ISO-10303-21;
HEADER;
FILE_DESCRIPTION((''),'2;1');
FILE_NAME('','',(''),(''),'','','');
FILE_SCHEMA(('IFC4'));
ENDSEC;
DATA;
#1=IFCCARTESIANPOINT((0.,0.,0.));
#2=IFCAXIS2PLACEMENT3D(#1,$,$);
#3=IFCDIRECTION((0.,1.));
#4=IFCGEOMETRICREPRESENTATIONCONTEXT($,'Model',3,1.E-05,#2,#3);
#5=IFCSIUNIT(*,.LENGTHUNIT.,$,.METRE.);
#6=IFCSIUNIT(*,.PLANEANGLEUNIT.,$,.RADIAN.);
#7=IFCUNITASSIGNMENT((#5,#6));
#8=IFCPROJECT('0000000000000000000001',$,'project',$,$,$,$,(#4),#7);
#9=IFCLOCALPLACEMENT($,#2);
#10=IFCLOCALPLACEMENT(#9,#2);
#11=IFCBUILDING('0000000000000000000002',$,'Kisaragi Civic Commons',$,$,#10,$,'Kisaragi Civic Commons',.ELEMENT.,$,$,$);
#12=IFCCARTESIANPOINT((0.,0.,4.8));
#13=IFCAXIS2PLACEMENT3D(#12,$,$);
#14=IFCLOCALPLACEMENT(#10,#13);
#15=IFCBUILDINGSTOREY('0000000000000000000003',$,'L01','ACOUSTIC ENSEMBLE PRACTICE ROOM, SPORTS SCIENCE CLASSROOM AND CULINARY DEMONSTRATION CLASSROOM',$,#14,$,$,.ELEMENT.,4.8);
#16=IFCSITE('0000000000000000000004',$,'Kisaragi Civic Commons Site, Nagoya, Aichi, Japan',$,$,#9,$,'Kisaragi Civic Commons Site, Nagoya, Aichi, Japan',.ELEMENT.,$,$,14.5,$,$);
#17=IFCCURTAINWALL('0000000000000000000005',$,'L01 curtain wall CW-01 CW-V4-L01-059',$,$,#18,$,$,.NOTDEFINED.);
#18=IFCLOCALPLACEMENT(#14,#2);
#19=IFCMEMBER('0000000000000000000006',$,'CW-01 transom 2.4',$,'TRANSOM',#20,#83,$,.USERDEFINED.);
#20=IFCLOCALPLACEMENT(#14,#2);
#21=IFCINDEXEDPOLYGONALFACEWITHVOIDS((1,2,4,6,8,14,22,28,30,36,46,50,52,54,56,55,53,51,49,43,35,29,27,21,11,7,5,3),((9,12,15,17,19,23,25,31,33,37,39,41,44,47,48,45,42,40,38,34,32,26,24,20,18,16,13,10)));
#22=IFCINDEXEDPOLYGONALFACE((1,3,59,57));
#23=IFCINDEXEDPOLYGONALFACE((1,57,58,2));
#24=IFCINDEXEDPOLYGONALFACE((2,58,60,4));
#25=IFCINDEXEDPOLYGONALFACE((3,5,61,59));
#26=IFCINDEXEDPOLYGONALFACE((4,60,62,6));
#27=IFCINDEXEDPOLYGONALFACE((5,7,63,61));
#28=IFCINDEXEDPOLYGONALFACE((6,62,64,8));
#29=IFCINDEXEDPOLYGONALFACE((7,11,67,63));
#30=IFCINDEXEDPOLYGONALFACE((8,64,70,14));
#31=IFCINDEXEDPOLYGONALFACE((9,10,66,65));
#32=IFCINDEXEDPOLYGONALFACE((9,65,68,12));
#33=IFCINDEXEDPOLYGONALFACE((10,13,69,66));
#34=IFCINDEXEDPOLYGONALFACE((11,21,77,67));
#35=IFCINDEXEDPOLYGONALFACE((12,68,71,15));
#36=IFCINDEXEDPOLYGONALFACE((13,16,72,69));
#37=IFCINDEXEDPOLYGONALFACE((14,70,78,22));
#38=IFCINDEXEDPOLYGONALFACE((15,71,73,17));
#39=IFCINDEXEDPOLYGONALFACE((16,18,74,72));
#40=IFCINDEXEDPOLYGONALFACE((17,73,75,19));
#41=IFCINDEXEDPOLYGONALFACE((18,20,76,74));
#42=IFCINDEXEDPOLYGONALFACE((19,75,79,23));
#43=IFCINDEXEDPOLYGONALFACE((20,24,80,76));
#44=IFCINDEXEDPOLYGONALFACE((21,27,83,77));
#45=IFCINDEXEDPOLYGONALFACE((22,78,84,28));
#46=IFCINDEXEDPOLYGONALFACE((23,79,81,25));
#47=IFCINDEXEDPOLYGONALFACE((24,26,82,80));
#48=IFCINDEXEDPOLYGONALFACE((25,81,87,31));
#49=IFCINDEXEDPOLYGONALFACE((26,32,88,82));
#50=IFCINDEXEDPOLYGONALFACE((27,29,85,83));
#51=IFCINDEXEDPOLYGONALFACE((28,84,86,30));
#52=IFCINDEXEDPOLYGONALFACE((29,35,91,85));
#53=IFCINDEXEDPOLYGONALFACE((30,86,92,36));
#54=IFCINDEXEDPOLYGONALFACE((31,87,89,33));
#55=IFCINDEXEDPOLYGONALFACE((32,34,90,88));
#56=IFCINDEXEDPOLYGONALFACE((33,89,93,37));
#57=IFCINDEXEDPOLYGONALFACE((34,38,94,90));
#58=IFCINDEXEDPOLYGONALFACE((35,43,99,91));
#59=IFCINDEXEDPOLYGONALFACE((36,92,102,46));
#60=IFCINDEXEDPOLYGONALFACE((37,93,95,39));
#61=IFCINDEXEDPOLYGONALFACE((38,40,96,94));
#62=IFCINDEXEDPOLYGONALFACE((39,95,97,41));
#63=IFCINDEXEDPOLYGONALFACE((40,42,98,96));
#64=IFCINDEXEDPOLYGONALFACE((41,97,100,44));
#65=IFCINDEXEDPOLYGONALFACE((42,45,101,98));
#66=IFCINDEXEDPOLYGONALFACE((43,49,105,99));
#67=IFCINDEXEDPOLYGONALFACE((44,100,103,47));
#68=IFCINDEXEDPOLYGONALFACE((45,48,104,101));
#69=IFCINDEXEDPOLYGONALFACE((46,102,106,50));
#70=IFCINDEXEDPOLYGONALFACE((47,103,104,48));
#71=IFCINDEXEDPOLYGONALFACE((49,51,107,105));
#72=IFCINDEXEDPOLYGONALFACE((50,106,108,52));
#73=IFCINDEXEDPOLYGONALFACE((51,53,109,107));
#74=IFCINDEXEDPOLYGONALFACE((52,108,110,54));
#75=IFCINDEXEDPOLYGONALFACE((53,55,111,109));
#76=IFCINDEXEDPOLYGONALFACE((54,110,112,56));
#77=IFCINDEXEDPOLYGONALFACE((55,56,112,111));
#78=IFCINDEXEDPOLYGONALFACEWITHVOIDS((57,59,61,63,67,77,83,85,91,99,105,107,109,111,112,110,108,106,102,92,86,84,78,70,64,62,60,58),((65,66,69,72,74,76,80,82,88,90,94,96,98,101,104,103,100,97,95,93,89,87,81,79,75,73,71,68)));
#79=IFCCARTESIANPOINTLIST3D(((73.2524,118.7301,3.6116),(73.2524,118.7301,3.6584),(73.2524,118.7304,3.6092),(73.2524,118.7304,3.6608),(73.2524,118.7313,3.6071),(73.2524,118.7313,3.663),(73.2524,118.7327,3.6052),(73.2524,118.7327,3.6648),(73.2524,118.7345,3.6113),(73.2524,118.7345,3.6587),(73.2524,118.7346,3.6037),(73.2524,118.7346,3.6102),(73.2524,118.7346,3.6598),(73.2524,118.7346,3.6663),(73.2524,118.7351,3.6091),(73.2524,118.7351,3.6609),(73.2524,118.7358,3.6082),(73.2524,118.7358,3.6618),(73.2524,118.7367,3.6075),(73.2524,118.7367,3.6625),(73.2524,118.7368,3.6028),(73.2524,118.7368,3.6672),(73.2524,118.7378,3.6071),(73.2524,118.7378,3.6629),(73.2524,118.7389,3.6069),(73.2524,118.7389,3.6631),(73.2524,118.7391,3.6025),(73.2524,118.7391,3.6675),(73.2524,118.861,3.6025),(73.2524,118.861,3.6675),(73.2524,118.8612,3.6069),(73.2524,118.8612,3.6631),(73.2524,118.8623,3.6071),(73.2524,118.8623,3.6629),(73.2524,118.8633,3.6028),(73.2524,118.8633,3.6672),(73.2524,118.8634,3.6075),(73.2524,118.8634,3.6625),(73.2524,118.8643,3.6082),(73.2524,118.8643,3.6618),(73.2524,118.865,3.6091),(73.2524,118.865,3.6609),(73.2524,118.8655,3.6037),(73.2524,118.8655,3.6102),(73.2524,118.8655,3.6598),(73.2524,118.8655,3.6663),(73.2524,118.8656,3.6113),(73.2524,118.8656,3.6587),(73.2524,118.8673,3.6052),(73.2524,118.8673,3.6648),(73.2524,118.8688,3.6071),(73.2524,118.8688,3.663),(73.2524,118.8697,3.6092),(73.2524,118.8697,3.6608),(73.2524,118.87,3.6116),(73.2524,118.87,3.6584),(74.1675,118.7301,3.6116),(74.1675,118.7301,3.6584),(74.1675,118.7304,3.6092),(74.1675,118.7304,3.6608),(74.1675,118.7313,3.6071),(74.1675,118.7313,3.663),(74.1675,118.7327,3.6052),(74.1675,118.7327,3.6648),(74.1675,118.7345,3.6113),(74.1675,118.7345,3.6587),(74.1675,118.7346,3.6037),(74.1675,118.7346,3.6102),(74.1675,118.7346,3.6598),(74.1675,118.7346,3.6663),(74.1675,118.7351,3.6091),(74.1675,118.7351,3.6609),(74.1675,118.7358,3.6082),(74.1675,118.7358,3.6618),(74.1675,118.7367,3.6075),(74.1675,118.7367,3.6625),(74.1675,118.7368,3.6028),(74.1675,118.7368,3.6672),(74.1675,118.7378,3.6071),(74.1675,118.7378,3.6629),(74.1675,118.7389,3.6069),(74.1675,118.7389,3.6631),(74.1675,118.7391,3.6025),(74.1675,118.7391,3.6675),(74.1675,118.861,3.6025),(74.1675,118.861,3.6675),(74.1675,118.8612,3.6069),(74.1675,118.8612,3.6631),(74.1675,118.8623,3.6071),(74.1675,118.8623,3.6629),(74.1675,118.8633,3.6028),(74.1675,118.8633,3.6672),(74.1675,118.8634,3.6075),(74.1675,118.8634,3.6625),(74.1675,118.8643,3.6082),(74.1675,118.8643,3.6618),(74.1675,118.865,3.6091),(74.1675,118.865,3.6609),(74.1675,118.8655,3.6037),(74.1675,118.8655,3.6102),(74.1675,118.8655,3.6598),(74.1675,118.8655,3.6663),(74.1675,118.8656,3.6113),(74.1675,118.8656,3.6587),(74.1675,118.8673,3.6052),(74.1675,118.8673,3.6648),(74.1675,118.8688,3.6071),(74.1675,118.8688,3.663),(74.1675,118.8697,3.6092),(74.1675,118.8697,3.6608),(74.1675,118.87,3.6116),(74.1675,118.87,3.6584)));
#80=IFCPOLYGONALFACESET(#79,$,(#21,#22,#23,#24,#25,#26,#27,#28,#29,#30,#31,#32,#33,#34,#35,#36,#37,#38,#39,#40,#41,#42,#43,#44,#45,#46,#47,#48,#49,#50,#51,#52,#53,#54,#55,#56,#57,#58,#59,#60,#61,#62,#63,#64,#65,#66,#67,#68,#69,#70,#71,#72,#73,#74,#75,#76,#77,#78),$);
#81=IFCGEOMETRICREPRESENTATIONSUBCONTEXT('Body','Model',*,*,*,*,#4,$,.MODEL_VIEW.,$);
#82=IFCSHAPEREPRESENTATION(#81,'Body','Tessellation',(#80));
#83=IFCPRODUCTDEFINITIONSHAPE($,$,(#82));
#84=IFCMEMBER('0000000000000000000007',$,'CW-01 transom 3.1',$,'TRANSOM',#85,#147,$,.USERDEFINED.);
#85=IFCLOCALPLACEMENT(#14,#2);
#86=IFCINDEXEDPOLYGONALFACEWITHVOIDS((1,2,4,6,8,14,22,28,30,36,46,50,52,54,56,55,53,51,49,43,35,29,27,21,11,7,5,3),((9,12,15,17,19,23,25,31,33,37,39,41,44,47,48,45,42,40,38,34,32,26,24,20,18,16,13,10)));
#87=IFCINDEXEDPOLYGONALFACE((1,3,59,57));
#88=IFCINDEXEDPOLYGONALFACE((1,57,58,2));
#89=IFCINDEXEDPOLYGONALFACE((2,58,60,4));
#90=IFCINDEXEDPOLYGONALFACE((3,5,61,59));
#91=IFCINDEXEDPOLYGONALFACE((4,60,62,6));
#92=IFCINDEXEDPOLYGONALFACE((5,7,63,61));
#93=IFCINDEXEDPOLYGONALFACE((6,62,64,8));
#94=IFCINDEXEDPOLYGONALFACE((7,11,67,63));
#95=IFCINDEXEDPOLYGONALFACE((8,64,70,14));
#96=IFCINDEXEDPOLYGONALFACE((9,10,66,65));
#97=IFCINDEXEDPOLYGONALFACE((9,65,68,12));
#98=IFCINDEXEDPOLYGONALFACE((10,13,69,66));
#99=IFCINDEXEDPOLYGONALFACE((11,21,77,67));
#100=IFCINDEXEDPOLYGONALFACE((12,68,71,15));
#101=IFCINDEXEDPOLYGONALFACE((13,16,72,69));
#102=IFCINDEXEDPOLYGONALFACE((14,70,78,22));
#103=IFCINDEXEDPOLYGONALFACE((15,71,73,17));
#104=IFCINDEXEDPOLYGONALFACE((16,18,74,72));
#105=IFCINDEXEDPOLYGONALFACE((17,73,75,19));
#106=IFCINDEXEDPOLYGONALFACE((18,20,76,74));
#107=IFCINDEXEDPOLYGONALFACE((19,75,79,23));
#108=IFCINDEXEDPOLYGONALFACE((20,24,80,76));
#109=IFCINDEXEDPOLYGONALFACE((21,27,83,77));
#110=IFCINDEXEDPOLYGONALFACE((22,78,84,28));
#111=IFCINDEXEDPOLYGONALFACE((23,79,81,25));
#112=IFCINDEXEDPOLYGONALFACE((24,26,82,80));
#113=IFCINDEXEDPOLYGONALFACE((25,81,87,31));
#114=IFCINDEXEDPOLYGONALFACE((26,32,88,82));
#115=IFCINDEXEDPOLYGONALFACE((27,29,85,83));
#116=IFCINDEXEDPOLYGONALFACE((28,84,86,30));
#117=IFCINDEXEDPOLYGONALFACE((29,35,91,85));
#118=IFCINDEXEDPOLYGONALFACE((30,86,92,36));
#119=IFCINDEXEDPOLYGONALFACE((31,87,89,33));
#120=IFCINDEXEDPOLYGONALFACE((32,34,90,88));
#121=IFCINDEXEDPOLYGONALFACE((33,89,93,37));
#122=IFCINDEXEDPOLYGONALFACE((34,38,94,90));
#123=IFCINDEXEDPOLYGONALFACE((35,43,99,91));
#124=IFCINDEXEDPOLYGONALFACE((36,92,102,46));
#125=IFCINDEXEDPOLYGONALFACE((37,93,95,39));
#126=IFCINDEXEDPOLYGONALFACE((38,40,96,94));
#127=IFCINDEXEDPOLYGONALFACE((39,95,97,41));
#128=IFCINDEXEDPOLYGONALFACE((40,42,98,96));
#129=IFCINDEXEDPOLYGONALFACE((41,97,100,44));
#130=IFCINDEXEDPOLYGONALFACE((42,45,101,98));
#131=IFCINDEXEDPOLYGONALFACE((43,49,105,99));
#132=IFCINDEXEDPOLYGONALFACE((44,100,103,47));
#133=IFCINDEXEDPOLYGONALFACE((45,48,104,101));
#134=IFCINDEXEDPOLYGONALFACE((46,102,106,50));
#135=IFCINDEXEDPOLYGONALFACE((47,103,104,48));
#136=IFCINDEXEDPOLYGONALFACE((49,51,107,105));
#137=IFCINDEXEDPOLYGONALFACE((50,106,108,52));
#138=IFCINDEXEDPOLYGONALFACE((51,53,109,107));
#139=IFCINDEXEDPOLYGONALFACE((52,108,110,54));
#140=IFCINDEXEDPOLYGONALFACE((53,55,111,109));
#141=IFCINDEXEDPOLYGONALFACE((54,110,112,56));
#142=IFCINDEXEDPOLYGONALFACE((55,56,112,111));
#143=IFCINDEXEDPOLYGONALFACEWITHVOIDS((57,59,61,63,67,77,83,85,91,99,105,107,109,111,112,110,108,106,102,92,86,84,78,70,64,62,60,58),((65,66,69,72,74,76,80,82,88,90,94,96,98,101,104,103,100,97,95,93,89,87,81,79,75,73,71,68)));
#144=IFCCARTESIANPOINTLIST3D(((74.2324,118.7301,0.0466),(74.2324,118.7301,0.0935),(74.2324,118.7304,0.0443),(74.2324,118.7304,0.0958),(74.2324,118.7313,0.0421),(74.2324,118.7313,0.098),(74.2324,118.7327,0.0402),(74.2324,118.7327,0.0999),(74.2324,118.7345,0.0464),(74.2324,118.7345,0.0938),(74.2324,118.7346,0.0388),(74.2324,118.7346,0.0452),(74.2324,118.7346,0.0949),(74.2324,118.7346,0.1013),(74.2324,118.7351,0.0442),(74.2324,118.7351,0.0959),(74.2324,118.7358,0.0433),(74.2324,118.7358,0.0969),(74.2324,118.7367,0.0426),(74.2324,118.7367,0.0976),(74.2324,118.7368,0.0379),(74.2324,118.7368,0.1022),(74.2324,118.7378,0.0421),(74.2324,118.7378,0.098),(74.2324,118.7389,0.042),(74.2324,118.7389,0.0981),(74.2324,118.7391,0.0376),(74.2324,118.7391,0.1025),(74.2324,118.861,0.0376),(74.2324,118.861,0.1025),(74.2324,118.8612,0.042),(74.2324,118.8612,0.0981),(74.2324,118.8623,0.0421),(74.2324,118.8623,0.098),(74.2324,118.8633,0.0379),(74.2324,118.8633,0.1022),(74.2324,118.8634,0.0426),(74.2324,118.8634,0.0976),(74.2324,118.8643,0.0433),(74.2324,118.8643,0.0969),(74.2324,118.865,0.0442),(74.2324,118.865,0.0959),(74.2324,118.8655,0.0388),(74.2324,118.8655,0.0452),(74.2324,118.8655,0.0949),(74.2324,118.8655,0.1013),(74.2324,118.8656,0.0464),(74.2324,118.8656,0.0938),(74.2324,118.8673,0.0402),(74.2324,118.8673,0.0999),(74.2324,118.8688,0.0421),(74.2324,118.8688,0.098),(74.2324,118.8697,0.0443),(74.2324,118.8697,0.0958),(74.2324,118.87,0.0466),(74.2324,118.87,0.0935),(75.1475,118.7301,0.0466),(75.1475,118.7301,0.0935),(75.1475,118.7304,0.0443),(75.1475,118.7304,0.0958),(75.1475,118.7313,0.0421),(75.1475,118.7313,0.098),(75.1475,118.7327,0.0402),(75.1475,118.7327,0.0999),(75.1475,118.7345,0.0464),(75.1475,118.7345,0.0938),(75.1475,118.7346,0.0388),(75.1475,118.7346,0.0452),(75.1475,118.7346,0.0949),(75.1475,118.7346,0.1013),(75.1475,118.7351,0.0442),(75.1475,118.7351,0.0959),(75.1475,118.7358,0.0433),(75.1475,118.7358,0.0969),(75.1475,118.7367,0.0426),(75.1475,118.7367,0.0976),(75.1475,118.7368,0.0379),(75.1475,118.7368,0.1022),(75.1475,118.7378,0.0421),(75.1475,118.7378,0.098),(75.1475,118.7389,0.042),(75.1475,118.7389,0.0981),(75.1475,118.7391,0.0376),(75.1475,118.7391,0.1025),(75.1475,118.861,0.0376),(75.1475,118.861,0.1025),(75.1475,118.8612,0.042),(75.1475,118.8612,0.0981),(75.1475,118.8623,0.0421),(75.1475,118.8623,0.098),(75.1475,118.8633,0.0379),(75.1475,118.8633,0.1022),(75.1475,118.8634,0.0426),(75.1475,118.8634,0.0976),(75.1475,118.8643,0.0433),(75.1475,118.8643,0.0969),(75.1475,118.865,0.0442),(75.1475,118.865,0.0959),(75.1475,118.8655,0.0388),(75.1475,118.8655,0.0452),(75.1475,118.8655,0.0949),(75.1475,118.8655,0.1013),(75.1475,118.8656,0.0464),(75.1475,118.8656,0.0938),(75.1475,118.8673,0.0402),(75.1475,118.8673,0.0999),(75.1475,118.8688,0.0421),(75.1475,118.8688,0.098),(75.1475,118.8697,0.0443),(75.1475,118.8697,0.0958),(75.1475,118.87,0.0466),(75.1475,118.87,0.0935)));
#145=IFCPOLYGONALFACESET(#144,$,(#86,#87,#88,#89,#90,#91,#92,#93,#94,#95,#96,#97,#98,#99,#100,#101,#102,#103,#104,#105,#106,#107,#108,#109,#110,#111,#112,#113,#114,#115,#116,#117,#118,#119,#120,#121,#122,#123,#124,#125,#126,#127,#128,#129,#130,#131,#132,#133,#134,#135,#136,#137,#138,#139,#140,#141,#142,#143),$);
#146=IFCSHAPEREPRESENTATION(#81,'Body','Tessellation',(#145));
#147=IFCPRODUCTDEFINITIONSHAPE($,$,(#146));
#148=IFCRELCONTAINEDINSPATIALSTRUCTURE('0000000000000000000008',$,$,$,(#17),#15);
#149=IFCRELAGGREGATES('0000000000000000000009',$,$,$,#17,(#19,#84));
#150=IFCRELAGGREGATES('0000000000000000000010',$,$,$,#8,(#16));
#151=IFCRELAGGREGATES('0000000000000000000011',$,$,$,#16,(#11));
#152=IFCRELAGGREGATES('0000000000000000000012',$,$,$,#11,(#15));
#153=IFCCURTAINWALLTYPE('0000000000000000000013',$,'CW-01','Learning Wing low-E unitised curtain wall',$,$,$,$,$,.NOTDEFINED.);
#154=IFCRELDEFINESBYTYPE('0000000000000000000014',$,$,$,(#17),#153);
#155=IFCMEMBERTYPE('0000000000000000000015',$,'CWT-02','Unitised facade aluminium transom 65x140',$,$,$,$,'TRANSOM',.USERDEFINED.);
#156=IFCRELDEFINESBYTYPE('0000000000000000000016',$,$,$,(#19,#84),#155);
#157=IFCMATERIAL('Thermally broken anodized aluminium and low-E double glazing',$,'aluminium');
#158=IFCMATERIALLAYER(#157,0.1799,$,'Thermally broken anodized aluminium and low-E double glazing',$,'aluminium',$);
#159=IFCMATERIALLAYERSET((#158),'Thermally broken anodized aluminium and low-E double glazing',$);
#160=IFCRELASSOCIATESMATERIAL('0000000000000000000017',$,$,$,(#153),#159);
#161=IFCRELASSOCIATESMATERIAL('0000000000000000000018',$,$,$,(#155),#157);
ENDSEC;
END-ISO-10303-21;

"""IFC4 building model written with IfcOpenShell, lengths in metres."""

from ifc_helpers import new_model, si_unit, direction, frame, origin, origin_2d, place, context, subcontext, project, spatial, hollow_rectangle, extrude, material, layer, layer_set, material_profile, profile_set, type_object, element, aggregate, save


model = new_model("IFC4")

# Units and contexts
model_context = context("Model", 3, precision=1e-05, world=origin(), true_north=direction((0.0, 1.0)))
body_context = subcontext(model_context, "Body", "Model", "MODEL_VIEW")
ifc_project = project(units=[si_unit("LENGTHUNIT", "METRE"), si_unit("PLANEANGLEUNIT", "RADIAN")], contexts=[model_context])

# Site, building, storey
site_placement = place(None, origin())
site = spatial("IfcSite", under=ifc_project, at=site_placement, Name="Kisaragi Civic Commons Site, Nagoya, Aichi, Japan", LongName="Kisaragi Civic Commons Site, Nagoya, Aichi, Japan", CompositionType="ELEMENT", RefElevation=14.5)
building_placement = place(site_placement, origin())
building = spatial("IfcBuilding", under=site, at=building_placement, Name="Kisaragi Civic Commons", LongName="Kisaragi Civic Commons", CompositionType="ELEMENT")
storey_placement = place(building_placement, frame((0.0, 0.0, 4.8)))
storey = spatial("IfcBuildingStorey", under=building, at=storey_placement, Name="L01", Description="ACOUSTIC ENSEMBLE PRACTICE ROOM, SPORTS SCIENCE CLASSROOM AND CULINARY DEMONSTRATION CLASSROOM", CompositionType="ELEMENT", Elevation=4.8)

# Curtain wall, members
ifc_material = material(Name="Thermally broken anodized aluminium and low-E double glazing", Category="aluminium")
ifc_layer_1 = layer(ifc_material, 0.1799, Name="Thermally broken anodized aluminium and low-E double glazing", Category="aluminium")
ifc_layer_set_1 = layer_set([ifc_layer_1], Name="Thermally broken anodized aluminium and low-E double glazing")
curtain_wall_type = type_object("IfcCurtainWallType", Name="CW-01", Description="Learning Wing low-E unitised curtain wall", PredefinedType="NOTDEFINED", material=ifc_layer_set_1)
curtain_wall_placement = place(storey_placement, origin())
curtain_wall = element("IfcCurtainWall", 1, at=curtain_wall_placement, inside=storey, type_object=curtain_wall_type, Name="L01 curtain wall CW-01 CW-V4-L01-059", PredefinedType="NOTDEFINED")
ifc_material_profile_1 = material_profile(ifc_material, hollow_rectangle(XDim=0.1399, YDim=0.0649, WallThickness=0.0044, InnerFilletRadius=0.0044, OuterFilletRadius=0.009, at=origin_2d()), Name="CWT-65x140x4.5", Category="aluminium")
ifc_profile_set_1 = profile_set([ifc_material_profile_1], Name="Thermally broken anodized aluminium and low-E double glazing")
member_type_1 = type_object("IfcMemberType", Name="CWT-02", Description="Unitised facade aluminium transom 65x140", ElementType="TRANSOM", PredefinedType="USERDEFINED", material=ifc_profile_set_1)
member_1_placement = place(storey_placement, frame((73.2524, 118.8, 3.635), z_axis=(1.0, 0.0, 0.0), x_axis=(0.0, 1.0, 0.0)))
member_1 = element("IfcMember", 2, at=member_1_placement, type_object=member_type_1, Name="CW-01 transom 2.4", ObjectType="TRANSOM", PredefinedType="USERDEFINED", context=body_context, shape_type="SweptSolid", body=[
    extrude(hollow_rectangle(XDim=0.1399, YDim=0.0649, WallThickness=0.0044, InnerFilletRadius=0.0044, OuterFilletRadius=0.009, at=origin_2d()), origin(), (0.0, 0.0, 1.0), 0.915),
])
member_2_placement = place(storey_placement, frame((74.2324, 118.8, 0.0701), z_axis=(1.0, 0.0, 0.0), x_axis=(0.0, 1.0, 0.0)))
member_2 = element("IfcMember", 3, at=member_2_placement, type_object=member_type_1, Name="CW-01 transom 3.1", ObjectType="TRANSOM", PredefinedType="USERDEFINED", context=body_context, shape_type="SweptSolid", body=[
    extrude(hollow_rectangle(XDim=0.1399, YDim=0.0649, WallThickness=0.0044, InnerFilletRadius=0.0044, OuterFilletRadius=0.009, at=origin_2d()), origin(), (0.0, 0.0, 1.0), 0.915),
])
aggregate(curtain_wall, [member_1, member_2])

save(model, "model.ifc")
